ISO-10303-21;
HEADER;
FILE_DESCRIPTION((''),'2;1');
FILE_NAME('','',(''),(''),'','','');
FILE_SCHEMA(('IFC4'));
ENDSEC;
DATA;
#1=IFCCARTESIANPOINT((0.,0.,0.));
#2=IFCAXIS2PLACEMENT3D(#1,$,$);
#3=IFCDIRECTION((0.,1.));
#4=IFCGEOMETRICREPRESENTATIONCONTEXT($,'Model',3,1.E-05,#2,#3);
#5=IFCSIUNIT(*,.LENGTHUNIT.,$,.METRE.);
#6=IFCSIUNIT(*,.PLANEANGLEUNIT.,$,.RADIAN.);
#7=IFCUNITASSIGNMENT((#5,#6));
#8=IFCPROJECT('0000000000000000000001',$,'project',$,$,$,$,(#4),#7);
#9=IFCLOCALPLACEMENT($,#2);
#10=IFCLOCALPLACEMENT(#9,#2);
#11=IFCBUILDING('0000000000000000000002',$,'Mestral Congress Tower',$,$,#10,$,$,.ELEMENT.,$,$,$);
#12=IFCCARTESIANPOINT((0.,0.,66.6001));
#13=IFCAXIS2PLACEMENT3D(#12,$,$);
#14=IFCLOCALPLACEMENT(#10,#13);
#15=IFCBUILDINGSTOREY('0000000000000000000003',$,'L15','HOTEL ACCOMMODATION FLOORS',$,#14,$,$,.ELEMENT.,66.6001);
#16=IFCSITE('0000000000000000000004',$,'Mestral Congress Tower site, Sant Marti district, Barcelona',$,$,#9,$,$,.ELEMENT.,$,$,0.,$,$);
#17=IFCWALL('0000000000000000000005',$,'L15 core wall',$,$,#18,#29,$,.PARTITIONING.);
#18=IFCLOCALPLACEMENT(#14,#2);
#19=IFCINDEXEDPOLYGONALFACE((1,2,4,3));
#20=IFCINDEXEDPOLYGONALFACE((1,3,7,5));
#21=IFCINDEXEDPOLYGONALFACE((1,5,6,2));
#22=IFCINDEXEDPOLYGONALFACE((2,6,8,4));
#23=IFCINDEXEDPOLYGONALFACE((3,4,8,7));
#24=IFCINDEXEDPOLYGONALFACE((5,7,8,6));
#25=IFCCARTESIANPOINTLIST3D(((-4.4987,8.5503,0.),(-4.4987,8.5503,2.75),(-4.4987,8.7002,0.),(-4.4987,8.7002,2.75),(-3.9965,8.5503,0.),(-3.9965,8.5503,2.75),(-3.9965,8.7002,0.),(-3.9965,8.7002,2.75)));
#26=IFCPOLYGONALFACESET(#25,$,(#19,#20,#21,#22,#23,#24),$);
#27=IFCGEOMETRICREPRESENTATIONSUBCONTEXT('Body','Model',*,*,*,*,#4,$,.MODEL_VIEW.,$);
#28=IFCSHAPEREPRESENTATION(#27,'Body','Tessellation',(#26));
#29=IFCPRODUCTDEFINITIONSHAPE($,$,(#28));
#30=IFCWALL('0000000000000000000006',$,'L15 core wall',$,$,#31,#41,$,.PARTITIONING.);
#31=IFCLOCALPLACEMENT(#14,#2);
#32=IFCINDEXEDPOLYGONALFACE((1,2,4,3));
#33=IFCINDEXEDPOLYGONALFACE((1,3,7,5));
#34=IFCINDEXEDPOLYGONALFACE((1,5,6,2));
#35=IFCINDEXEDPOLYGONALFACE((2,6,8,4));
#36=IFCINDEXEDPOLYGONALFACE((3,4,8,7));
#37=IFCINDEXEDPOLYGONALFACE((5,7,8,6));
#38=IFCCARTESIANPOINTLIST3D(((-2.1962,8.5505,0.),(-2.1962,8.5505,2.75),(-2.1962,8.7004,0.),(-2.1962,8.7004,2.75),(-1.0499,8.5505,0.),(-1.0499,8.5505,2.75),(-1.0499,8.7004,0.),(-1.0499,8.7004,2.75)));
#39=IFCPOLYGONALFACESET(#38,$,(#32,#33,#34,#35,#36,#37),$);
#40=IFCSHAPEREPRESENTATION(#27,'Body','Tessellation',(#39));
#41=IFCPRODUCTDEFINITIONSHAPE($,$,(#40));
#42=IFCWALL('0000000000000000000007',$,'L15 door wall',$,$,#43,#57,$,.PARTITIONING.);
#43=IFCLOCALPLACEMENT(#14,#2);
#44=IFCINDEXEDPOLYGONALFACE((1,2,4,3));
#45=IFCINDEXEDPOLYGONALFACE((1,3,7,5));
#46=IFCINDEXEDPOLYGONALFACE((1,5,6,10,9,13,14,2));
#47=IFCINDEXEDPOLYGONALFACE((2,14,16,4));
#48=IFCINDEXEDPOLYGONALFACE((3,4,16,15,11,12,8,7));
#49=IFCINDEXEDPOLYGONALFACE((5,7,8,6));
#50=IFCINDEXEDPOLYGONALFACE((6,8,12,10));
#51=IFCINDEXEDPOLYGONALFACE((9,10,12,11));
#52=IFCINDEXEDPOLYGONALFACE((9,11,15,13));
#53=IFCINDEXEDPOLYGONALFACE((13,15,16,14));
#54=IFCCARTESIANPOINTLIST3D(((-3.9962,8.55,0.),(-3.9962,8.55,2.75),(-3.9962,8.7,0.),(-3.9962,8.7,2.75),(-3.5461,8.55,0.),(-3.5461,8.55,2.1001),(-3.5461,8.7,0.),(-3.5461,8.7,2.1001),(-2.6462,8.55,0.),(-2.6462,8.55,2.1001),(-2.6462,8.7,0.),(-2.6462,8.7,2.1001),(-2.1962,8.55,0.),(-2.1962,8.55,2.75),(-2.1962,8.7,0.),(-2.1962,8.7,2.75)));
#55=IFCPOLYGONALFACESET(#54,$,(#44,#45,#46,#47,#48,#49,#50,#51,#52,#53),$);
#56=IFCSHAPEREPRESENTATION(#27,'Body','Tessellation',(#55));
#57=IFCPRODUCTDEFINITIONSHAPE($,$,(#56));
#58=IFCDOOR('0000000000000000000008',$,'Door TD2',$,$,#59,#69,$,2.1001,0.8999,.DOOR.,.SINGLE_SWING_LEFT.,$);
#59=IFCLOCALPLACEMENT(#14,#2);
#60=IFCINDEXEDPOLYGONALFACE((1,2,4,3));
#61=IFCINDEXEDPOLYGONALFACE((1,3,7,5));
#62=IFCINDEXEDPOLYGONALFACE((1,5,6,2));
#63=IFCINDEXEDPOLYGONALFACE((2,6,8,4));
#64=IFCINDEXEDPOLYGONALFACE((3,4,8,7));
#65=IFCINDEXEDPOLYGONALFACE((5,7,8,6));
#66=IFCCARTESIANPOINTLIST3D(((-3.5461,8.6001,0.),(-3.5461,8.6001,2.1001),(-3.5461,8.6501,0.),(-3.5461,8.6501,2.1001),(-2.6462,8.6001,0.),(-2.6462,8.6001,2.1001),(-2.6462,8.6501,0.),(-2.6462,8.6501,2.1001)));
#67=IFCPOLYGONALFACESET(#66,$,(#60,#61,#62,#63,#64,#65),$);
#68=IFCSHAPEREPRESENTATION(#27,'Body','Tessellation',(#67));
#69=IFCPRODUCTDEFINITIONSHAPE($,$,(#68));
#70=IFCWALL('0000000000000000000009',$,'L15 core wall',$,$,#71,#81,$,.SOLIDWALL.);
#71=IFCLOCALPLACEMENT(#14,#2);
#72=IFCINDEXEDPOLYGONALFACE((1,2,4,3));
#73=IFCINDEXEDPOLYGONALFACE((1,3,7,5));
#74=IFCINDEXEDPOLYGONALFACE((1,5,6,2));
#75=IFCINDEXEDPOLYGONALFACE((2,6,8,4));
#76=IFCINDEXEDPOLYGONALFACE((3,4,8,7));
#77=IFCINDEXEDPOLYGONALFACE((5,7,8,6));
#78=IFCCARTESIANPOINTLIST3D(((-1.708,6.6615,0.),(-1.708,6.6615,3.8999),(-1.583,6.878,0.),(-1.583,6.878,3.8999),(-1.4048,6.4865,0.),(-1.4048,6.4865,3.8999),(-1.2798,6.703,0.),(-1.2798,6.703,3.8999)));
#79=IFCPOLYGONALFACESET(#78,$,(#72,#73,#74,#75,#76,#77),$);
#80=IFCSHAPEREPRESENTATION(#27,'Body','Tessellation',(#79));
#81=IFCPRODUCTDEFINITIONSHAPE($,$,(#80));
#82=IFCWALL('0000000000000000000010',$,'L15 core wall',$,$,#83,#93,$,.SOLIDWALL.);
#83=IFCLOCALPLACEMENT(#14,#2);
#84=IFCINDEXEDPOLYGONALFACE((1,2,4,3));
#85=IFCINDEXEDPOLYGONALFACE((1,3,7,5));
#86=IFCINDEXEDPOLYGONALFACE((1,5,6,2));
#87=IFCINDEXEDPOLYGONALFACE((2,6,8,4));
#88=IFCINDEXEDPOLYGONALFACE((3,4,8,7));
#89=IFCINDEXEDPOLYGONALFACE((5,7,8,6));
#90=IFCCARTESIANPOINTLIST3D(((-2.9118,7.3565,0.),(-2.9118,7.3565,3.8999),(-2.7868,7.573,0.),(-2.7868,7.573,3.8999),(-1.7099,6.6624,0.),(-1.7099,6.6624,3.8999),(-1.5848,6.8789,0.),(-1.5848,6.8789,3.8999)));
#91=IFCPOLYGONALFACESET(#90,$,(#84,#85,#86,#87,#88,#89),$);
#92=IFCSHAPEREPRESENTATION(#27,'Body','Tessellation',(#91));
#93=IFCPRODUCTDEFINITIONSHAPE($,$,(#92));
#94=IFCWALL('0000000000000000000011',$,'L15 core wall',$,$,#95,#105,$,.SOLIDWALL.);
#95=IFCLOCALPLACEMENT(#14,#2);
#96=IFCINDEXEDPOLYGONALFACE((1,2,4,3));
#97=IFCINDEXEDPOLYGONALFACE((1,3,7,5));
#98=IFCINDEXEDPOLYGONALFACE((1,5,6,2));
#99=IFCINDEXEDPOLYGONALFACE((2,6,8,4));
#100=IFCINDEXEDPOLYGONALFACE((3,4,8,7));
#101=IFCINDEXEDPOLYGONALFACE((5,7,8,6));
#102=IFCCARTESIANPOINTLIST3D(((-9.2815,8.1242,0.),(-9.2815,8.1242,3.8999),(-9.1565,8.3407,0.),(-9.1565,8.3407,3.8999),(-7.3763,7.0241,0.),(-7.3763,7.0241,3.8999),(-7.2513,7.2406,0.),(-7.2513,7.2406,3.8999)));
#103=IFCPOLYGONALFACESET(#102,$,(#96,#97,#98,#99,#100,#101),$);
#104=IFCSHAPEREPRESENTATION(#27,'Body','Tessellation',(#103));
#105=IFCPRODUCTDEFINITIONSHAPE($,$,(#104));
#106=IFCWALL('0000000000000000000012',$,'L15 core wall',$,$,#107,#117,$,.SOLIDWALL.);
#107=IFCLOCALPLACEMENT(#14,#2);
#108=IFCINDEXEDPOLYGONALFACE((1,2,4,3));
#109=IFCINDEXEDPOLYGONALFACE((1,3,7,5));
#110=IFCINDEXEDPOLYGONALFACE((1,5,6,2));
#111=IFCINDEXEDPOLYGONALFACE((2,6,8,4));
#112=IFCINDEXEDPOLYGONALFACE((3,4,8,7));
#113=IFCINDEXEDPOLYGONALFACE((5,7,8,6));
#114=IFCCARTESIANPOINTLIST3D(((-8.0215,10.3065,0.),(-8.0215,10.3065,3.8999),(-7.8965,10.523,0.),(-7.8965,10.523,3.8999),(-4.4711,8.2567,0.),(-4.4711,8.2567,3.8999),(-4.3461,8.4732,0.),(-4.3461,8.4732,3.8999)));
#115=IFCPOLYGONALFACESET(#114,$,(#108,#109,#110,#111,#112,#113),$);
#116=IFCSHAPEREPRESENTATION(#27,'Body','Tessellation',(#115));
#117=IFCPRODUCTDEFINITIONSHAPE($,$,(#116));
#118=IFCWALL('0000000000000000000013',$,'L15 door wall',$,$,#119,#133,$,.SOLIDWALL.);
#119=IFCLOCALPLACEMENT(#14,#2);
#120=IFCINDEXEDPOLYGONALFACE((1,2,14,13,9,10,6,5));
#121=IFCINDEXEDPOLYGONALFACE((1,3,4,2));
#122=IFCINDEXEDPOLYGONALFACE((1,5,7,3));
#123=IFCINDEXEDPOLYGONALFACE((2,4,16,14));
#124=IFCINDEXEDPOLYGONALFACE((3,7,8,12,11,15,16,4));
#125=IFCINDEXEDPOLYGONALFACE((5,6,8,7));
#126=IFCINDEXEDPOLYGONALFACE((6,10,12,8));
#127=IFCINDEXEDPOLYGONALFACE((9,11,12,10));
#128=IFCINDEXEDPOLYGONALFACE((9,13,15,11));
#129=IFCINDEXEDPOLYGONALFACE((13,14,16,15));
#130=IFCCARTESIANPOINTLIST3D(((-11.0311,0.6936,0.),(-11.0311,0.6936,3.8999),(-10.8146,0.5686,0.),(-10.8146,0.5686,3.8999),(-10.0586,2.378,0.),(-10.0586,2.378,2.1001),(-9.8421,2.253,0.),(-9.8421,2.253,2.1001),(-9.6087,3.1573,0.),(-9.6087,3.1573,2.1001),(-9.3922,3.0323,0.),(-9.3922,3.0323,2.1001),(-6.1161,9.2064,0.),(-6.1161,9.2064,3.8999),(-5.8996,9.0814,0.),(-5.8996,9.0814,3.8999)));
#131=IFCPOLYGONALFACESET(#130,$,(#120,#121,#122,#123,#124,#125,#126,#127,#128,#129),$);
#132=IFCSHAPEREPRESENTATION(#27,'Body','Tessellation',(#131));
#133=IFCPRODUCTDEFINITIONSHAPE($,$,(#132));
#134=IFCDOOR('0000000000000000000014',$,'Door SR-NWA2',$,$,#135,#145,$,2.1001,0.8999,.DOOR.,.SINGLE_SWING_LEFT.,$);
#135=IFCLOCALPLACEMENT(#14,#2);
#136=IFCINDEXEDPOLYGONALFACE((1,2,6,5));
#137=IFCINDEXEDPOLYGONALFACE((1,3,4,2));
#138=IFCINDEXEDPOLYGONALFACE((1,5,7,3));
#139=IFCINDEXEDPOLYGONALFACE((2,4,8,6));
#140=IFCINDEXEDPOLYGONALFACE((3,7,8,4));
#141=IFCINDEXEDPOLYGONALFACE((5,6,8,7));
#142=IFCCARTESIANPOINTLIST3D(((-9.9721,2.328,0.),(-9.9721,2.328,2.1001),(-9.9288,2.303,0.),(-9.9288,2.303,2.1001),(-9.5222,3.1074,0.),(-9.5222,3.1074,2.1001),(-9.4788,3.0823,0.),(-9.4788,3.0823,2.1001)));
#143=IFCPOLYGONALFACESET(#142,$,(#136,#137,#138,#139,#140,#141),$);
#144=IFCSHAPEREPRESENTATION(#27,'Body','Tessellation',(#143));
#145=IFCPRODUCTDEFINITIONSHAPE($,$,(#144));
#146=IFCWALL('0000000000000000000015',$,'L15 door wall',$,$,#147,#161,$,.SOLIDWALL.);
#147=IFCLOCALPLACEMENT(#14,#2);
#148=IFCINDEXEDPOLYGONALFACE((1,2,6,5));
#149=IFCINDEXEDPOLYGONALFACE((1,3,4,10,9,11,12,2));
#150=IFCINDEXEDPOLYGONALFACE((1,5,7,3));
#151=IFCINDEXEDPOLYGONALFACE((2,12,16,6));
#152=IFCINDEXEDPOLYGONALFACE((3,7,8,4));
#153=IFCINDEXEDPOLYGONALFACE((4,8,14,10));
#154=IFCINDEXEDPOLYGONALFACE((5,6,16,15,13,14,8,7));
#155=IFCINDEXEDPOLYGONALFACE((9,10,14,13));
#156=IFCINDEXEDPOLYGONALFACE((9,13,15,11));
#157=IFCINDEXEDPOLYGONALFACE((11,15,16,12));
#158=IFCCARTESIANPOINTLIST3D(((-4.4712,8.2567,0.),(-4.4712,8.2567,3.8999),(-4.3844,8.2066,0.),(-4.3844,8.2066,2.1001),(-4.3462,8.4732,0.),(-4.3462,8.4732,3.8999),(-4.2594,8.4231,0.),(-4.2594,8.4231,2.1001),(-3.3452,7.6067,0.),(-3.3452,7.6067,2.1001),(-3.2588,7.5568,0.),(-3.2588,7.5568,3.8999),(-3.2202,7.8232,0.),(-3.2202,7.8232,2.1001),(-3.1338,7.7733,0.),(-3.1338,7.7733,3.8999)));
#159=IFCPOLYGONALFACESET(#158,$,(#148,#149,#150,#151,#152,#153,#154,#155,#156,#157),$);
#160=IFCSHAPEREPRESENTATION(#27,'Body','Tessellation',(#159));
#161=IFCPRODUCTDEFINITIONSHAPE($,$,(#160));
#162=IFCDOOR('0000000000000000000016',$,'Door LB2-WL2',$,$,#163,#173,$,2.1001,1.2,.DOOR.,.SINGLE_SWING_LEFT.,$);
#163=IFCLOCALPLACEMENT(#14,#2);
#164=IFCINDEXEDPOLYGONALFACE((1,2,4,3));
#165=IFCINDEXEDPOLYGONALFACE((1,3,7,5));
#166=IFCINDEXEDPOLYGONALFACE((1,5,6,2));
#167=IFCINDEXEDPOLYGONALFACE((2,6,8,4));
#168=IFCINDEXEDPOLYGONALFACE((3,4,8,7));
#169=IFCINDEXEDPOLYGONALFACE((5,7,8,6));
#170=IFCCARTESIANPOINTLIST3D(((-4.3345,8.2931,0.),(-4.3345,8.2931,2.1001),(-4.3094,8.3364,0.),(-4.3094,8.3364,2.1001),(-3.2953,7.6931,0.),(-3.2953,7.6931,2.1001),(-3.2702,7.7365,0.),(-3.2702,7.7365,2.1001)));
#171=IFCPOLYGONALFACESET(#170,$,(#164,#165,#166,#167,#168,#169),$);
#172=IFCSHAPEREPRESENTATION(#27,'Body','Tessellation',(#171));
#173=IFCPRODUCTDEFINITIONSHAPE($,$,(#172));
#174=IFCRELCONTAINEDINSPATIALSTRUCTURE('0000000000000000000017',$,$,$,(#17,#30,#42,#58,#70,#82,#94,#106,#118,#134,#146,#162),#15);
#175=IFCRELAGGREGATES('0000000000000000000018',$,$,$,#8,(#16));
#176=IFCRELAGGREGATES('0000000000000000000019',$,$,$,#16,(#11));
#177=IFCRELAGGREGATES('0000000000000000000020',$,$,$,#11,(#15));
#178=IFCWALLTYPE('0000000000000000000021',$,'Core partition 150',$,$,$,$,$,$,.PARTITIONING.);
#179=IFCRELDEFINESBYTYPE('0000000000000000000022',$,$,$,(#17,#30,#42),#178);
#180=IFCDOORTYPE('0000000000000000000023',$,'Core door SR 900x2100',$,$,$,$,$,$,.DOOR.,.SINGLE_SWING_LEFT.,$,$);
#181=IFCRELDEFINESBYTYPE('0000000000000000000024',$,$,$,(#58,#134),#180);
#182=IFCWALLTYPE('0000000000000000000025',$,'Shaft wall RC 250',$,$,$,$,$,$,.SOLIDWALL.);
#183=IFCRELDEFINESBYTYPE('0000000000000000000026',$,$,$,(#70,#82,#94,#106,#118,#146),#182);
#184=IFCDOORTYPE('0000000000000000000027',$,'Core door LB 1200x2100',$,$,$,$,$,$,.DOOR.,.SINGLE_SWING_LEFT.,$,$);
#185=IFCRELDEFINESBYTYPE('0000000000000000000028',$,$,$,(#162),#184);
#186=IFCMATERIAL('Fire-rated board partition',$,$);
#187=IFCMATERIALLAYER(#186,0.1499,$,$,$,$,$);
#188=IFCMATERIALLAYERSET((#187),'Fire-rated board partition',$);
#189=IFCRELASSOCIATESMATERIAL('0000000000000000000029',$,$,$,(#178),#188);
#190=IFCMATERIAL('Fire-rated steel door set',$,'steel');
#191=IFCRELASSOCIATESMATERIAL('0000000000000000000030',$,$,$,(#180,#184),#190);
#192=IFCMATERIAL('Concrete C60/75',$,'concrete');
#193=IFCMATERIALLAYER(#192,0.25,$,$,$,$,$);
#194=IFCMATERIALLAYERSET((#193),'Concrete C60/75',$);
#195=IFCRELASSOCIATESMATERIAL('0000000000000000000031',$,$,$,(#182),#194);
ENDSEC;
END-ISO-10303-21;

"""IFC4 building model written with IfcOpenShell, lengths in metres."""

from ifc_helpers import new_model, si_unit, direction, frame, frame_2d, origin, place, context, subcontext, project, spatial, rectangle, extrude, material, layer, layer_set, type_object, element, fill, save


model = new_model("IFC4")

# Units and contexts
model_context = context("Model", 3, precision=1e-05, world=origin(), true_north=direction((0.0, 1.0)))
body_context = subcontext(model_context, "Body", "Model", "MODEL_VIEW")
ifc_project = project(units=[si_unit("LENGTHUNIT", "METRE"), si_unit("PLANEANGLEUNIT", "RADIAN")], contexts=[model_context])

# Site, building, storey
site_placement = place(None, origin())
site = spatial("IfcSite", under=ifc_project, at=site_placement, Name="Mestral Congress Tower site, Sant Marti district, Barcelona", CompositionType="ELEMENT", RefElevation=0.0)
building_placement = place(site_placement, origin())
building = spatial("IfcBuilding", under=site, at=building_placement, Name="Mestral Congress Tower", CompositionType="ELEMENT")
storey_placement = place(building_placement, frame((0.0, 0.0, 66.6001)))
storey = spatial("IfcBuildingStorey", under=building, at=storey_placement, Name="L15", Description="HOTEL ACCOMMODATION FLOORS", CompositionType="ELEMENT", Elevation=66.6001)

# Walls
ifc_material_1 = material(Name="Fire-rated board partition")
ifc_layer_1 = layer(ifc_material_1, 0.1499)
ifc_layer_set_1 = layer_set([ifc_layer_1], Name="Fire-rated board partition")
wall_type_1 = type_object("IfcWallType", Name="Core partition 150", PredefinedType="PARTITIONING", material=ifc_layer_set_1)
wall_1_placement = place(storey_placement, frame((-3.9966, 8.6252, 0.0), z_axis=(0.0, 0.0, 1.0), x_axis=(-1.0, 0.0, 0.0)))
element("IfcWall", 1, at=wall_1_placement, inside=storey, type_object=wall_type_1, Name="L15 core wall", PredefinedType="PARTITIONING", context=body_context, shape_type="SweptSolid", body=[
    extrude(rectangle(XDim=0.5022, YDim=0.1499, at=frame_2d((0.251, 0.0))), origin(), (0.0, 0.0, 1.0), 2.75),
])
wall_2_placement = place(storey_placement, frame((-2.1963, 8.6255, 0.0), z_axis=(0.0, 0.0, 1.0), x_axis=(1.0, 0.0, 0.0)))
element("IfcWall", 2, at=wall_2_placement, inside=storey, type_object=wall_type_1, Name="L15 core wall", PredefinedType="PARTITIONING", context=body_context, shape_type="SweptSolid", body=[
    extrude(rectangle(XDim=1.1462, YDim=0.1499, at=frame_2d((0.5732, 0.0))), origin(), (0.0, 0.0, 1.0), 2.75),
])

# Wall, opening, door
wall_3_placement = place(storey_placement, frame((-2.1963, 8.625, 0.0), z_axis=(0.0, 0.0, 1.0), x_axis=(-1.0, 0.0, 0.0)))
wall_3 = element("IfcWall", 3, at=wall_3_placement, inside=storey, type_object=wall_type_1, Name="L15 door wall", PredefinedType="PARTITIONING", context=body_context, shape_type="SweptSolid", body=[
    extrude(rectangle(XDim=1.8, YDim=0.1499, at=frame_2d((0.8999, 0.0))), origin(), (0.0, 0.0, 1.0), 2.75),
])
opening_1_placement = place(wall_3_placement, frame((0.45, 0.0, 0.0)))
opening_1 = element("IfcOpeningElement", 4, at=opening_1_placement, cuts=wall_3, PredefinedType="OPENING", context=body_context, shape_type="SweptSolid", body=[
    extrude(rectangle(XDim=0.8999, YDim=2.1001, at=frame_2d((0.45, 1.05))), frame((0.0, 0.085, 0.0), z_axis=(0.0, -1.0, 0.0), x_axis=(1.0, 0.0, 0.0)), (0.0, 0.0, 1.0), 0.1699),
])
ifc_material_2 = material(Name="Fire-rated steel door set", Category="steel")
door_type_1 = type_object("IfcDoorType", Name="Core door SR 900x2100", OperationType="SINGLE_SWING_LEFT", PredefinedType="DOOR", material=ifc_material_2)
door_1_placement = place(opening_1_placement, origin())
door_1 = element("IfcDoor", 5, at=door_1_placement, inside=storey, type_object=door_type_1, Name="Door TD2", OperationType="SINGLE_SWING_LEFT", OverallHeight=2.1001, OverallWidth=0.8999, PredefinedType="DOOR", context=body_context, shape_type="SweptSolid", body=[
    extrude(rectangle(XDim=0.8999, YDim=2.1001, at=frame_2d((0.45, 1.05))), frame((0.0, 0.0249, 0.0), z_axis=(0.0, -1.0, 0.0), x_axis=(1.0, 0.0, 0.0)), (0.0, 0.0, 1.0), 0.05),
])
fill(opening_1, door_1)

# Walls
ifc_material_3 = material(Name="Concrete C60/75", Category="concrete")
ifc_layer_2 = layer(ifc_material_3, 0.25)
ifc_layer_set_2 = layer_set([ifc_layer_2], Name="Concrete C60/75")
wall_type_2 = type_object("IfcWallType", Name="Shaft wall RC 250", PredefinedType="SOLIDWALL", material=ifc_layer_set_2)
wall_4_placement = place(storey_placement, frame((-1.3423, 6.5947, 0.0), z_axis=(0.0, 0.0, 1.0), x_axis=(-0.866046, 0.499964, 0.0)))
element("IfcWall", 6, at=wall_4_placement, inside=storey, type_object=wall_type_2, Name="L15 core wall", PredefinedType="SOLIDWALL", context=body_context, shape_type="SweptSolid", body=[
    extrude(rectangle(XDim=0.3501, YDim=0.25, at=frame_2d((0.175, 0.0))), origin(), (0.0, 0.0, 1.0), 3.8999),
])
wall_5_placement = place(storey_placement, frame((-1.6475, 6.7708, 0.0), z_axis=(0.0, 0.0, 1.0), x_axis=(-0.865972, 0.500093, 0.0)))
element("IfcWall", 7, at=wall_5_placement, inside=storey, type_object=wall_type_2, Name="L15 core wall", PredefinedType="SOLIDWALL", context=body_context, shape_type="SweptSolid", body=[
    extrude(rectangle(XDim=1.3879, YDim=0.25, at=frame_2d((0.6938, 0.0))), origin(), (0.0, 0.0, 1.0), 3.8999),
])
wall_6_placement = place(storey_placement, frame((-7.3137, 7.1323, 0.0), z_axis=(0.0, 0.0, 1.0), x_axis=(-0.866008, 0.50003, 0.0)))
element("IfcWall", 8, at=wall_6_placement, inside=storey, type_object=wall_type_2, Name="L15 core wall", PredefinedType="SOLIDWALL", context=body_context, shape_type="SweptSolid", body=[
    extrude(rectangle(XDim=2.2, YDim=0.25, at=frame_2d((1.1001, 0.0))), origin(), (0.0, 0.0, 1.0), 3.8999),
])
wall_7_placement = place(storey_placement, frame((-7.959, 10.4148, 0.0), z_axis=(0.0, 0.0, 1.0), x_axis=(0.866021, -0.500008, 0.0)))
element("IfcWall", 9, at=wall_7_placement, inside=storey, type_object=wall_type_2, Name="L15 core wall", PredefinedType="SOLIDWALL", context=body_context, shape_type="SweptSolid", body=[
    extrude(rectangle(XDim=4.0996, YDim=0.25, at=frame_2d((2.0498, 0.0))), origin(), (0.0, 0.0, 1.0), 3.8999),
])

# Walls, openings, doors
wall_8_placement = place(storey_placement, frame((-6.0078, 9.144, 0.0), z_axis=(0.0, 0.0, 1.0), x_axis=(-0.500007, -0.866021, 0.0)))
wall_8 = element("IfcWall", 10, at=wall_8_placement, inside=storey, type_object=wall_type_2, Name="L15 door wall", PredefinedType="SOLIDWALL", context=body_context, shape_type="SweptSolid", body=[
    extrude(rectangle(XDim=9.8298, YDim=0.25, at=frame_2d((4.915, 0.0))), origin(), (0.0, 0.0, 1.0), 3.8999),
])
opening_2_placement = place(wall_8_placement, frame((6.9851, 0.0, 0.0)))
opening_2 = element("IfcOpeningElement", 11, at=opening_2_placement, cuts=wall_8, PredefinedType="OPENING", context=body_context, shape_type="SweptSolid", body=[
    extrude(rectangle(XDim=0.8999, YDim=2.1001, at=frame_2d((0.45, 1.05))), frame((0.0, 0.135, 0.0), z_axis=(0.0, -1.0, 0.0), x_axis=(1.0, 0.0, 0.0)), (0.0, 0.0, 1.0), 0.27),
])
door_2_placement = place(opening_2_placement, origin())
door_2 = element("IfcDoor", 12, at=door_2_placement, inside=storey, type_object=door_type_1, Name="Door SR-NWA2", OperationType="SINGLE_SWING_LEFT", OverallHeight=2.1001, OverallWidth=0.8999, PredefinedType="DOOR", context=body_context, shape_type="SweptSolid", body=[
    extrude(rectangle(XDim=0.8999, YDim=2.1001, at=frame_2d((0.45, 1.05))), frame((0.0, 0.0249, 0.0), z_axis=(0.0, -1.0, 0.0), x_axis=(1.0, 0.0, 0.0)), (0.0, 0.0, 1.0), 0.05),
])
fill(opening_2, door_2)
wall_9_placement = place(storey_placement, frame((-4.4087, 8.365, 0.0), z_axis=(0.0, 0.0, 1.0), x_axis=(0.866035, -0.499984, 0.0)))
wall_9 = element("IfcWall", 13, at=wall_9_placement, inside=storey, type_object=wall_type_2, Name="L15 door wall", PredefinedType="SOLIDWALL", context=body_context, shape_type="SweptSolid", body=[
    extrude(rectangle(XDim=1.3999, YDim=0.25, at=frame_2d((0.7, 0.0))), origin(), (0.0, 0.0, 1.0), 3.8999),
])
opening_3_placement = place(wall_9_placement, frame((0.1001, 0.0, 0.0)))
opening_3 = element("IfcOpeningElement", 14, at=opening_3_placement, cuts=wall_9, PredefinedType="OPENING", context=body_context, shape_type="SweptSolid", body=[
    extrude(rectangle(XDim=1.2, YDim=2.1001, at=frame_2d((0.6001, 1.05))), frame((0.0, 0.135, 0.0), z_axis=(0.0, -1.0, 0.0), x_axis=(1.0, 0.0, 0.0)), (0.0, 0.0, 1.0), 0.27),
])
door_type_2 = type_object("IfcDoorType", Name="Core door LB 1200x2100", OperationType="SINGLE_SWING_LEFT", PredefinedType="DOOR", material=ifc_material_2)
door_3_placement = place(opening_3_placement, origin())
door_3 = element("IfcDoor", 15, at=door_3_placement, inside=storey, type_object=door_type_2, Name="Door LB2-WL2", OperationType="SINGLE_SWING_LEFT", OverallHeight=2.1001, OverallWidth=1.2, PredefinedType="DOOR", context=body_context, shape_type="SweptSolid", body=[
    extrude(rectangle(XDim=1.2, YDim=2.1001, at=frame_2d((0.6001, 1.05))), frame((0.0, 0.0249, 0.0), z_axis=(0.0, -1.0, 0.0), x_axis=(1.0, 0.0, 0.0)), (0.0, 0.0, 1.0), 0.05),
])
fill(opening_3, door_3)

save(model, "model.ifc")
